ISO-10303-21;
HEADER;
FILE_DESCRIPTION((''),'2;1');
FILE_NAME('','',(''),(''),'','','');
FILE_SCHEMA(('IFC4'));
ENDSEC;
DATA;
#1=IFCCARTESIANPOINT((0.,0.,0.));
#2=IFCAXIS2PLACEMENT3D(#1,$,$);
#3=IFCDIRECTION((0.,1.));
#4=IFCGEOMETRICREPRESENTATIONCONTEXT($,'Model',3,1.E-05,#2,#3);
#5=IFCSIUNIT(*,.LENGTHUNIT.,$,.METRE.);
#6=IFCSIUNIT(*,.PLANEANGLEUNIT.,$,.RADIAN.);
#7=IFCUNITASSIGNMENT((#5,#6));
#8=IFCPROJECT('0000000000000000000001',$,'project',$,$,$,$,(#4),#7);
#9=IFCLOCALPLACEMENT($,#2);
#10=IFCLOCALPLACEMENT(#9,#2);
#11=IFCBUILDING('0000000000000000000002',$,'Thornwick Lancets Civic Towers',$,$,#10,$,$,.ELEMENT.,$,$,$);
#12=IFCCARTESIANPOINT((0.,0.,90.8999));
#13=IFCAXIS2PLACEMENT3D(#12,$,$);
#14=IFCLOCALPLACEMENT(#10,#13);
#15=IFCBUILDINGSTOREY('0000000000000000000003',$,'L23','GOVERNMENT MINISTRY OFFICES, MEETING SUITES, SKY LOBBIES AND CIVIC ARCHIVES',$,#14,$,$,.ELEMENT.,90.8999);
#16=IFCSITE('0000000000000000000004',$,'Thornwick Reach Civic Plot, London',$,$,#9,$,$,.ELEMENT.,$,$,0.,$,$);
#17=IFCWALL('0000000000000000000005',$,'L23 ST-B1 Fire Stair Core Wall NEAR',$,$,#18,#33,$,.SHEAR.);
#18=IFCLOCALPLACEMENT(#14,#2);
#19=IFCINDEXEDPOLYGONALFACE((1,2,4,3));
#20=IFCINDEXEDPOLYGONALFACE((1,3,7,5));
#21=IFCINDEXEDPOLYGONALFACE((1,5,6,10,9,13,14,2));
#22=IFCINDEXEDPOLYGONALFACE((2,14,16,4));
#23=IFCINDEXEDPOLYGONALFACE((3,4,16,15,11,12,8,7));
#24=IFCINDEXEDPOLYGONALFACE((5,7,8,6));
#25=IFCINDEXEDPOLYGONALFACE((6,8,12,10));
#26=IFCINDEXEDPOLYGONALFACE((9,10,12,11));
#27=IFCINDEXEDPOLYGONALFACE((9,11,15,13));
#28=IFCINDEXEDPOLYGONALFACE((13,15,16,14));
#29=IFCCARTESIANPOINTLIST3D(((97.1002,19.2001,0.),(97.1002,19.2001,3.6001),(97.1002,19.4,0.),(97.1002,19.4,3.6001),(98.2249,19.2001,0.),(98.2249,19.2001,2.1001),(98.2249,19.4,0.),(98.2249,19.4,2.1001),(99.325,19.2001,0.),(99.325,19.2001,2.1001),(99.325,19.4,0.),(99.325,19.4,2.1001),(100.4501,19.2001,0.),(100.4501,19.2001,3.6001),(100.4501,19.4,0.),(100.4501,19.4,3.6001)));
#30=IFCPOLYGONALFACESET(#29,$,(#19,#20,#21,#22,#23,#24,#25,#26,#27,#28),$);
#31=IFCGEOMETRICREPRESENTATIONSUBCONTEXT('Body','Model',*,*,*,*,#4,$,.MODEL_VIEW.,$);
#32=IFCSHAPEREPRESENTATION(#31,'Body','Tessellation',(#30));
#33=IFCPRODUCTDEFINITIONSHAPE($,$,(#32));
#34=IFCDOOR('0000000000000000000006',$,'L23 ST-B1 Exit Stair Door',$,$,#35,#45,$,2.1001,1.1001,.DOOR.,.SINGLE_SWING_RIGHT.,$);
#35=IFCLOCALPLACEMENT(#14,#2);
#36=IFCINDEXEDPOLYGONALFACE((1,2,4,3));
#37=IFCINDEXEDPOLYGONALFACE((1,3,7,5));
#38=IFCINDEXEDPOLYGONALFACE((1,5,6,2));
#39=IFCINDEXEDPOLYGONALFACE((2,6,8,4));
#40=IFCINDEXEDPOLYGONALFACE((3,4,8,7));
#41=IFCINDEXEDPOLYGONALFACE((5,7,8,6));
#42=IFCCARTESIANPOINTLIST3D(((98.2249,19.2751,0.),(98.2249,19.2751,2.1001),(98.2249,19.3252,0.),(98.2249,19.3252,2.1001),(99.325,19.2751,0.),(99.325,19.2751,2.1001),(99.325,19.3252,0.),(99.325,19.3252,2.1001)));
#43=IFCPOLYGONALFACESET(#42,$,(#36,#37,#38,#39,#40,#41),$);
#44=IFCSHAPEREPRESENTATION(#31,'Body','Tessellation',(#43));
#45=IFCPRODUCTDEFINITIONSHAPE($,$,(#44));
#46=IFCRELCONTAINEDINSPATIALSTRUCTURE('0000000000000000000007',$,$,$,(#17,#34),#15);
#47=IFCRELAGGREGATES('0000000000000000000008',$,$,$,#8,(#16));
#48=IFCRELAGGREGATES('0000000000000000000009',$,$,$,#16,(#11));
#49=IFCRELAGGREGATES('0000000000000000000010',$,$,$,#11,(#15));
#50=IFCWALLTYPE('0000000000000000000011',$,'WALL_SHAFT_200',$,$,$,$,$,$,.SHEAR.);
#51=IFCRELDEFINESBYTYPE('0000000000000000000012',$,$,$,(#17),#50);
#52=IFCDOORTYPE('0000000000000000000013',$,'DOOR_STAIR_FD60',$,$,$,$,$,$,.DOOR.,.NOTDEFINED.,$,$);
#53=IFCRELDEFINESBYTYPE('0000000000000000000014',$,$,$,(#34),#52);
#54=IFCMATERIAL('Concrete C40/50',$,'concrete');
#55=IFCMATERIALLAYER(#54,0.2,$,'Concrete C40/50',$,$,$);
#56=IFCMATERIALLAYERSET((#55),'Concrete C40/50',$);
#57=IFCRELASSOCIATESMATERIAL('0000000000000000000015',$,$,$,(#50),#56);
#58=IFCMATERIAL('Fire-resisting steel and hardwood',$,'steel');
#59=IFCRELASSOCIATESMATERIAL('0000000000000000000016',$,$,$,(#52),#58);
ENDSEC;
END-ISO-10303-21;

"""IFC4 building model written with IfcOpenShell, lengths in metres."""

from ifc_helpers import new_model, si_unit, direction, frame, frame_2d, origin, place, context, subcontext, project, spatial, rectangle, extrude, material, layer, layer_set, type_object, element, fill, save


model = new_model("IFC4")

# Units and contexts
model_context = context("Model", 3, precision=1e-05, world=origin(), true_north=direction((0.0, 1.0)))
body_context = subcontext(model_context, "Body", "Model", "MODEL_VIEW")
ifc_project = project(units=[si_unit("LENGTHUNIT", "METRE"), si_unit("PLANEANGLEUNIT", "RADIAN")], contexts=[model_context])

# Site, building, storey
site_placement = place(None, origin())
site = spatial("IfcSite", under=ifc_project, at=site_placement, Name="Thornwick Reach Civic Plot, London", CompositionType="ELEMENT", RefElevation=0.0)
building_placement = place(site_placement, origin())
building = spatial("IfcBuilding", under=site, at=building_placement, Name="Thornwick Lancets Civic Towers", CompositionType="ELEMENT")
storey_placement = place(building_placement, frame((0.0, 0.0, 90.8999)))
storey = spatial("IfcBuildingStorey", under=building, at=storey_placement, Name="L23", Description="GOVERNMENT MINISTRY OFFICES, MEETING SUITES, SKY LOBBIES AND CIVIC ARCHIVES", CompositionType="ELEMENT", Elevation=90.8999)

# Wall, opening, door
ifc_material_1 = material(Name="Concrete C40/50", Category="concrete")
ifc_layer_1 = layer(ifc_material_1, 0.2, Name="Concrete C40/50")
ifc_layer_set_1 = layer_set([ifc_layer_1], Name="Concrete C40/50")
wall_type_1 = type_object("IfcWallType", Name="WALL_SHAFT_200", PredefinedType="SHEAR", material=ifc_layer_set_1)
wall_1_placement = place(storey_placement, frame((100.45, 19.3, 0.0), z_axis=(0.0, 0.0, 1.0), x_axis=(-1.0, 0.0, 0.0)))
wall_1 = element("IfcWall", 1, at=wall_1_placement, inside=storey, type_object=wall_type_1, Name="L23 ST-B1 Fire Stair Core Wall NEAR", PredefinedType="SHEAR", context=body_context, shape_type="SweptSolid", body=[
    extrude(rectangle(XDim=3.3499, YDim=0.2, at=frame_2d((1.6748, 0.0))), origin(), (0.0, 0.0, 1.0), 3.6001),
])
opening_1_placement = place(wall_1_placement, frame((1.125, 0.0, 0.0)))
opening_1 = element("IfcOpeningElement", 2, at=opening_1_placement, cuts=wall_1, PredefinedType="OPENING", context=body_context, shape_type="SweptSolid", body=[
    extrude(rectangle(XDim=1.1001, YDim=2.1001, at=frame_2d((0.55, 1.05))), frame((0.0, 0.1099, 0.0), z_axis=(0.0, -1.0, 0.0), x_axis=(1.0, 0.0, 0.0)), (0.0, 0.0, 1.0), 0.22),
])
ifc_material_2 = material(Name="Fire-resisting steel and hardwood", Category="steel")
door_type = type_object("IfcDoorType", Name="DOOR_STAIR_FD60", OperationType="NOTDEFINED", PredefinedType="DOOR", material=ifc_material_2)
door_placement = place(opening_1_placement, origin())
door = element("IfcDoor", 3, at=door_placement, inside=storey, type_object=door_type, Name="L23 ST-B1 Exit Stair Door", OperationType="SINGLE_SWING_RIGHT", OverallHeight=2.1001, OverallWidth=1.1001, PredefinedType="DOOR", context=body_context, shape_type="SweptSolid", body=[
    extrude(rectangle(XDim=1.1001, YDim=2.1001, at=frame_2d((0.55, 1.05))), frame((0.0, 0.0249, 0.0), z_axis=(0.0, -1.0, 0.0), x_axis=(1.0, 0.0, 0.0)), (0.0, 0.0, 1.0), 0.05),
])
fill(opening_1, door)

save(model, "model.ifc")
